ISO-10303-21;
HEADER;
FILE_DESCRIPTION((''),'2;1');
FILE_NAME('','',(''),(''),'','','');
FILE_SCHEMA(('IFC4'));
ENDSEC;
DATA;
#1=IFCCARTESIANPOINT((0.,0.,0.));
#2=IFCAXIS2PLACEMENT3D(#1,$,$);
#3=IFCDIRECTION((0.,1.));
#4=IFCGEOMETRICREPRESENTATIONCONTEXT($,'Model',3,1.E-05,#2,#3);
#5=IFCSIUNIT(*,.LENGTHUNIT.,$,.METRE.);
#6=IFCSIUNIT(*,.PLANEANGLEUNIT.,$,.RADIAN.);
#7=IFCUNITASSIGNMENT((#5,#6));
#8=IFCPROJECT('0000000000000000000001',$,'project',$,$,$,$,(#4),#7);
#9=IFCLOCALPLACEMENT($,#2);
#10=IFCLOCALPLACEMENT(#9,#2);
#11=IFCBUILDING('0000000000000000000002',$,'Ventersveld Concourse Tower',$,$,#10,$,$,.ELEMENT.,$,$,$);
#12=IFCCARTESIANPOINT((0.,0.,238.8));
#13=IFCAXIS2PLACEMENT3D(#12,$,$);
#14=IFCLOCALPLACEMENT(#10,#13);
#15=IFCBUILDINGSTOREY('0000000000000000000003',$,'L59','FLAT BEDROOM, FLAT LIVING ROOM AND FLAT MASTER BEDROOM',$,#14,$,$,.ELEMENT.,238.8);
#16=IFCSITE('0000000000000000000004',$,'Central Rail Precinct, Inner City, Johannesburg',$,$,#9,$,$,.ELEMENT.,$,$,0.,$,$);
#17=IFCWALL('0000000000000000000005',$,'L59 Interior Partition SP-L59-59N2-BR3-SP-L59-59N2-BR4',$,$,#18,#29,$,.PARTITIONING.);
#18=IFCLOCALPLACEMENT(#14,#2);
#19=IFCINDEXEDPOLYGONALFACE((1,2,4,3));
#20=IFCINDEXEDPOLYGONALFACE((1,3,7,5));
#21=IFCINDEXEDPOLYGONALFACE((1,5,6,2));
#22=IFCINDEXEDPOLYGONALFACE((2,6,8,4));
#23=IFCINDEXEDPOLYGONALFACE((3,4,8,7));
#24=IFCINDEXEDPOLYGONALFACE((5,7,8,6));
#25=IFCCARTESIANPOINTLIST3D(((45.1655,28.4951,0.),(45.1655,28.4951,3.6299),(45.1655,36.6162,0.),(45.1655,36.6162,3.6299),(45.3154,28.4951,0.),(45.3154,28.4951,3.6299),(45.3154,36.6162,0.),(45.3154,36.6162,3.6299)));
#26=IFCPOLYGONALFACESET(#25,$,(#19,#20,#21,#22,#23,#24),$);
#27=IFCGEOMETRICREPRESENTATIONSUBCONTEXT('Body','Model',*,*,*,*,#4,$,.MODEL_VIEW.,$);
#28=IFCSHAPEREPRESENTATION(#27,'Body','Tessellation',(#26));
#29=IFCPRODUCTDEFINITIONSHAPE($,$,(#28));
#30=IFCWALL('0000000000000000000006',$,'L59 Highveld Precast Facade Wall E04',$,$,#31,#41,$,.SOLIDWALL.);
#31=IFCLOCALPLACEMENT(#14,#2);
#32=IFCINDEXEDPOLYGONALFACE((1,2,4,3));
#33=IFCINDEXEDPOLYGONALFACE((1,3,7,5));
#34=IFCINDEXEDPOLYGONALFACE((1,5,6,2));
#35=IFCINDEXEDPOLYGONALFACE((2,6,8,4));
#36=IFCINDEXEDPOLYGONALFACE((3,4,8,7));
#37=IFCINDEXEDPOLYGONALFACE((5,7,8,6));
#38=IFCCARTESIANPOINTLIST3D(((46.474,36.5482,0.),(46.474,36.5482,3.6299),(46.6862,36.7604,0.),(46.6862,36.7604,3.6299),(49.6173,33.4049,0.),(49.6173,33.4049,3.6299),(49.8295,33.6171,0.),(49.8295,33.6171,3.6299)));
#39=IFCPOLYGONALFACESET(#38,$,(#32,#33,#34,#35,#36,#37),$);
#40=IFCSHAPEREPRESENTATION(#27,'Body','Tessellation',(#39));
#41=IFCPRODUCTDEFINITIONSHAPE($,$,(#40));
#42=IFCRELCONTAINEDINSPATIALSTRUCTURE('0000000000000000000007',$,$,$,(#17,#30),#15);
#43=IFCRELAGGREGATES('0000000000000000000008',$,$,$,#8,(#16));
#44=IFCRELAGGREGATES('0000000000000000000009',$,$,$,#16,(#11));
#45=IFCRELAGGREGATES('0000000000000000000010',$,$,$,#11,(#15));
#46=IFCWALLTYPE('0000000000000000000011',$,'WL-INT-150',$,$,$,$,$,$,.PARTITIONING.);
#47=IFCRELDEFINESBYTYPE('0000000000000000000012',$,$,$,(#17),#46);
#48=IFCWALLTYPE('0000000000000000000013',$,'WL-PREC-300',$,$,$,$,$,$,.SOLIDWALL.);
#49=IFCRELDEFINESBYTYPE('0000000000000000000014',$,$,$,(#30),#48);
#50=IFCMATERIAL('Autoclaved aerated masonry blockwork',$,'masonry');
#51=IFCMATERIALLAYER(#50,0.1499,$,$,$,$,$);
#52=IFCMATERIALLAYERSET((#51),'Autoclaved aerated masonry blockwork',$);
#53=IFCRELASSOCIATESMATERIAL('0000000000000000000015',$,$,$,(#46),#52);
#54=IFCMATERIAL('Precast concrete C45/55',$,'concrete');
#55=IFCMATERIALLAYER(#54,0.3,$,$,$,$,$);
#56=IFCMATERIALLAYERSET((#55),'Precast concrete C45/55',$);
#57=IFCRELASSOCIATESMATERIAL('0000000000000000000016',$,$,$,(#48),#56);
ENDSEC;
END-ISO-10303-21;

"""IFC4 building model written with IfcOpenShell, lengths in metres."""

from ifc_helpers import new_model, si_unit, direction, frame, frame_2d, origin, place, context, subcontext, project, spatial, rectangle, extrude, material, layer, layer_set, type_object, element, save


model = new_model("IFC4")

# Units and contexts
model_context = context("Model", 3, precision=1e-05, world=origin(), true_north=direction((0.0, 1.0)))
body_context = subcontext(model_context, "Body", "Model", "MODEL_VIEW")
ifc_project = project(units=[si_unit("LENGTHUNIT", "METRE"), si_unit("PLANEANGLEUNIT", "RADIAN")], contexts=[model_context])

# Site, building, storey
site_placement = place(None, origin())
site = spatial("IfcSite", under=ifc_project, at=site_placement, Name="Central Rail Precinct, Inner City, Johannesburg", CompositionType="ELEMENT", RefElevation=0.0)
building_placement = place(site_placement, origin())
building = spatial("IfcBuilding", under=site, at=building_placement, Name="Ventersveld Concourse Tower", CompositionType="ELEMENT")
storey_placement = place(building_placement, frame((0.0, 0.0, 238.8)))
storey = spatial("IfcBuildingStorey", under=building, at=storey_placement, Name="L59", Description="FLAT BEDROOM, FLAT LIVING ROOM AND FLAT MASTER BEDROOM", CompositionType="ELEMENT", Elevation=238.8)

# Shared definitions
ifc_material_1 = material(Name="Autoclaved aerated masonry blockwork", Category="masonry")
ifc_layer_1 = layer(ifc_material_1, 0.1499)
ifc_layer_set_1 = layer_set([ifc_layer_1], Name="Autoclaved aerated masonry blockwork")
wall_type_1 = type_object("IfcWallType", Name="WL-INT-150", PredefinedType="PARTITIONING", material=ifc_layer_set_1)

# Walls
for number, where, z_axis, x_axis, name in (
    (1, (45.2405, 28.4951, 0.0), (0.0, 0.0, 1.0), (0.0, 1.0, 0.0), "L59 Interior Partition SP-L59-59N2-BR3-SP-L59-59N2-BR4"),
):
    element("IfcWall", number, at=place(storey_placement, frame(where, z_axis=z_axis, x_axis=x_axis)), inside=storey, type_object=wall_type_1, Name=name, PredefinedType="PARTITIONING", context=body_context, shape_type="SweptSolid", body=[
        extrude(rectangle(XDim=8.1211, YDim=0.1499, at=frame_2d((4.0605, 0.0))), origin(), (0.0, 0.0, 1.0), 3.6299),
    ])
ifc_material_2 = material(Name="Precast concrete C45/55", Category="concrete")
ifc_layer_2 = layer(ifc_material_2, 0.3)
ifc_layer_set_2 = layer_set([ifc_layer_2], Name="Precast concrete C45/55")
wall_type_2 = type_object("IfcWallType", Name="WL-PREC-300", PredefinedType="SOLIDWALL", material=ifc_layer_set_2)
wall_1_placement = place(storey_placement, frame((49.7234, 33.511, 0.0), z_axis=(0.0, 0.0, 1.0), x_axis=(-0.707107, 0.707107, 0.0)))
element("IfcWall", 2, at=wall_1_placement, inside=storey, type_object=wall_type_2, Name="L59 Highveld Precast Facade Wall E04", PredefinedType="SOLIDWALL", context=body_context, shape_type="SweptSolid", body=[
    extrude(rectangle(XDim=4.4453, YDim=0.3, at=frame_2d((2.2227, 0.0))), origin(), (0.0, 0.0, 1.0), 3.6299),
])

save(model, "model.ifc")
